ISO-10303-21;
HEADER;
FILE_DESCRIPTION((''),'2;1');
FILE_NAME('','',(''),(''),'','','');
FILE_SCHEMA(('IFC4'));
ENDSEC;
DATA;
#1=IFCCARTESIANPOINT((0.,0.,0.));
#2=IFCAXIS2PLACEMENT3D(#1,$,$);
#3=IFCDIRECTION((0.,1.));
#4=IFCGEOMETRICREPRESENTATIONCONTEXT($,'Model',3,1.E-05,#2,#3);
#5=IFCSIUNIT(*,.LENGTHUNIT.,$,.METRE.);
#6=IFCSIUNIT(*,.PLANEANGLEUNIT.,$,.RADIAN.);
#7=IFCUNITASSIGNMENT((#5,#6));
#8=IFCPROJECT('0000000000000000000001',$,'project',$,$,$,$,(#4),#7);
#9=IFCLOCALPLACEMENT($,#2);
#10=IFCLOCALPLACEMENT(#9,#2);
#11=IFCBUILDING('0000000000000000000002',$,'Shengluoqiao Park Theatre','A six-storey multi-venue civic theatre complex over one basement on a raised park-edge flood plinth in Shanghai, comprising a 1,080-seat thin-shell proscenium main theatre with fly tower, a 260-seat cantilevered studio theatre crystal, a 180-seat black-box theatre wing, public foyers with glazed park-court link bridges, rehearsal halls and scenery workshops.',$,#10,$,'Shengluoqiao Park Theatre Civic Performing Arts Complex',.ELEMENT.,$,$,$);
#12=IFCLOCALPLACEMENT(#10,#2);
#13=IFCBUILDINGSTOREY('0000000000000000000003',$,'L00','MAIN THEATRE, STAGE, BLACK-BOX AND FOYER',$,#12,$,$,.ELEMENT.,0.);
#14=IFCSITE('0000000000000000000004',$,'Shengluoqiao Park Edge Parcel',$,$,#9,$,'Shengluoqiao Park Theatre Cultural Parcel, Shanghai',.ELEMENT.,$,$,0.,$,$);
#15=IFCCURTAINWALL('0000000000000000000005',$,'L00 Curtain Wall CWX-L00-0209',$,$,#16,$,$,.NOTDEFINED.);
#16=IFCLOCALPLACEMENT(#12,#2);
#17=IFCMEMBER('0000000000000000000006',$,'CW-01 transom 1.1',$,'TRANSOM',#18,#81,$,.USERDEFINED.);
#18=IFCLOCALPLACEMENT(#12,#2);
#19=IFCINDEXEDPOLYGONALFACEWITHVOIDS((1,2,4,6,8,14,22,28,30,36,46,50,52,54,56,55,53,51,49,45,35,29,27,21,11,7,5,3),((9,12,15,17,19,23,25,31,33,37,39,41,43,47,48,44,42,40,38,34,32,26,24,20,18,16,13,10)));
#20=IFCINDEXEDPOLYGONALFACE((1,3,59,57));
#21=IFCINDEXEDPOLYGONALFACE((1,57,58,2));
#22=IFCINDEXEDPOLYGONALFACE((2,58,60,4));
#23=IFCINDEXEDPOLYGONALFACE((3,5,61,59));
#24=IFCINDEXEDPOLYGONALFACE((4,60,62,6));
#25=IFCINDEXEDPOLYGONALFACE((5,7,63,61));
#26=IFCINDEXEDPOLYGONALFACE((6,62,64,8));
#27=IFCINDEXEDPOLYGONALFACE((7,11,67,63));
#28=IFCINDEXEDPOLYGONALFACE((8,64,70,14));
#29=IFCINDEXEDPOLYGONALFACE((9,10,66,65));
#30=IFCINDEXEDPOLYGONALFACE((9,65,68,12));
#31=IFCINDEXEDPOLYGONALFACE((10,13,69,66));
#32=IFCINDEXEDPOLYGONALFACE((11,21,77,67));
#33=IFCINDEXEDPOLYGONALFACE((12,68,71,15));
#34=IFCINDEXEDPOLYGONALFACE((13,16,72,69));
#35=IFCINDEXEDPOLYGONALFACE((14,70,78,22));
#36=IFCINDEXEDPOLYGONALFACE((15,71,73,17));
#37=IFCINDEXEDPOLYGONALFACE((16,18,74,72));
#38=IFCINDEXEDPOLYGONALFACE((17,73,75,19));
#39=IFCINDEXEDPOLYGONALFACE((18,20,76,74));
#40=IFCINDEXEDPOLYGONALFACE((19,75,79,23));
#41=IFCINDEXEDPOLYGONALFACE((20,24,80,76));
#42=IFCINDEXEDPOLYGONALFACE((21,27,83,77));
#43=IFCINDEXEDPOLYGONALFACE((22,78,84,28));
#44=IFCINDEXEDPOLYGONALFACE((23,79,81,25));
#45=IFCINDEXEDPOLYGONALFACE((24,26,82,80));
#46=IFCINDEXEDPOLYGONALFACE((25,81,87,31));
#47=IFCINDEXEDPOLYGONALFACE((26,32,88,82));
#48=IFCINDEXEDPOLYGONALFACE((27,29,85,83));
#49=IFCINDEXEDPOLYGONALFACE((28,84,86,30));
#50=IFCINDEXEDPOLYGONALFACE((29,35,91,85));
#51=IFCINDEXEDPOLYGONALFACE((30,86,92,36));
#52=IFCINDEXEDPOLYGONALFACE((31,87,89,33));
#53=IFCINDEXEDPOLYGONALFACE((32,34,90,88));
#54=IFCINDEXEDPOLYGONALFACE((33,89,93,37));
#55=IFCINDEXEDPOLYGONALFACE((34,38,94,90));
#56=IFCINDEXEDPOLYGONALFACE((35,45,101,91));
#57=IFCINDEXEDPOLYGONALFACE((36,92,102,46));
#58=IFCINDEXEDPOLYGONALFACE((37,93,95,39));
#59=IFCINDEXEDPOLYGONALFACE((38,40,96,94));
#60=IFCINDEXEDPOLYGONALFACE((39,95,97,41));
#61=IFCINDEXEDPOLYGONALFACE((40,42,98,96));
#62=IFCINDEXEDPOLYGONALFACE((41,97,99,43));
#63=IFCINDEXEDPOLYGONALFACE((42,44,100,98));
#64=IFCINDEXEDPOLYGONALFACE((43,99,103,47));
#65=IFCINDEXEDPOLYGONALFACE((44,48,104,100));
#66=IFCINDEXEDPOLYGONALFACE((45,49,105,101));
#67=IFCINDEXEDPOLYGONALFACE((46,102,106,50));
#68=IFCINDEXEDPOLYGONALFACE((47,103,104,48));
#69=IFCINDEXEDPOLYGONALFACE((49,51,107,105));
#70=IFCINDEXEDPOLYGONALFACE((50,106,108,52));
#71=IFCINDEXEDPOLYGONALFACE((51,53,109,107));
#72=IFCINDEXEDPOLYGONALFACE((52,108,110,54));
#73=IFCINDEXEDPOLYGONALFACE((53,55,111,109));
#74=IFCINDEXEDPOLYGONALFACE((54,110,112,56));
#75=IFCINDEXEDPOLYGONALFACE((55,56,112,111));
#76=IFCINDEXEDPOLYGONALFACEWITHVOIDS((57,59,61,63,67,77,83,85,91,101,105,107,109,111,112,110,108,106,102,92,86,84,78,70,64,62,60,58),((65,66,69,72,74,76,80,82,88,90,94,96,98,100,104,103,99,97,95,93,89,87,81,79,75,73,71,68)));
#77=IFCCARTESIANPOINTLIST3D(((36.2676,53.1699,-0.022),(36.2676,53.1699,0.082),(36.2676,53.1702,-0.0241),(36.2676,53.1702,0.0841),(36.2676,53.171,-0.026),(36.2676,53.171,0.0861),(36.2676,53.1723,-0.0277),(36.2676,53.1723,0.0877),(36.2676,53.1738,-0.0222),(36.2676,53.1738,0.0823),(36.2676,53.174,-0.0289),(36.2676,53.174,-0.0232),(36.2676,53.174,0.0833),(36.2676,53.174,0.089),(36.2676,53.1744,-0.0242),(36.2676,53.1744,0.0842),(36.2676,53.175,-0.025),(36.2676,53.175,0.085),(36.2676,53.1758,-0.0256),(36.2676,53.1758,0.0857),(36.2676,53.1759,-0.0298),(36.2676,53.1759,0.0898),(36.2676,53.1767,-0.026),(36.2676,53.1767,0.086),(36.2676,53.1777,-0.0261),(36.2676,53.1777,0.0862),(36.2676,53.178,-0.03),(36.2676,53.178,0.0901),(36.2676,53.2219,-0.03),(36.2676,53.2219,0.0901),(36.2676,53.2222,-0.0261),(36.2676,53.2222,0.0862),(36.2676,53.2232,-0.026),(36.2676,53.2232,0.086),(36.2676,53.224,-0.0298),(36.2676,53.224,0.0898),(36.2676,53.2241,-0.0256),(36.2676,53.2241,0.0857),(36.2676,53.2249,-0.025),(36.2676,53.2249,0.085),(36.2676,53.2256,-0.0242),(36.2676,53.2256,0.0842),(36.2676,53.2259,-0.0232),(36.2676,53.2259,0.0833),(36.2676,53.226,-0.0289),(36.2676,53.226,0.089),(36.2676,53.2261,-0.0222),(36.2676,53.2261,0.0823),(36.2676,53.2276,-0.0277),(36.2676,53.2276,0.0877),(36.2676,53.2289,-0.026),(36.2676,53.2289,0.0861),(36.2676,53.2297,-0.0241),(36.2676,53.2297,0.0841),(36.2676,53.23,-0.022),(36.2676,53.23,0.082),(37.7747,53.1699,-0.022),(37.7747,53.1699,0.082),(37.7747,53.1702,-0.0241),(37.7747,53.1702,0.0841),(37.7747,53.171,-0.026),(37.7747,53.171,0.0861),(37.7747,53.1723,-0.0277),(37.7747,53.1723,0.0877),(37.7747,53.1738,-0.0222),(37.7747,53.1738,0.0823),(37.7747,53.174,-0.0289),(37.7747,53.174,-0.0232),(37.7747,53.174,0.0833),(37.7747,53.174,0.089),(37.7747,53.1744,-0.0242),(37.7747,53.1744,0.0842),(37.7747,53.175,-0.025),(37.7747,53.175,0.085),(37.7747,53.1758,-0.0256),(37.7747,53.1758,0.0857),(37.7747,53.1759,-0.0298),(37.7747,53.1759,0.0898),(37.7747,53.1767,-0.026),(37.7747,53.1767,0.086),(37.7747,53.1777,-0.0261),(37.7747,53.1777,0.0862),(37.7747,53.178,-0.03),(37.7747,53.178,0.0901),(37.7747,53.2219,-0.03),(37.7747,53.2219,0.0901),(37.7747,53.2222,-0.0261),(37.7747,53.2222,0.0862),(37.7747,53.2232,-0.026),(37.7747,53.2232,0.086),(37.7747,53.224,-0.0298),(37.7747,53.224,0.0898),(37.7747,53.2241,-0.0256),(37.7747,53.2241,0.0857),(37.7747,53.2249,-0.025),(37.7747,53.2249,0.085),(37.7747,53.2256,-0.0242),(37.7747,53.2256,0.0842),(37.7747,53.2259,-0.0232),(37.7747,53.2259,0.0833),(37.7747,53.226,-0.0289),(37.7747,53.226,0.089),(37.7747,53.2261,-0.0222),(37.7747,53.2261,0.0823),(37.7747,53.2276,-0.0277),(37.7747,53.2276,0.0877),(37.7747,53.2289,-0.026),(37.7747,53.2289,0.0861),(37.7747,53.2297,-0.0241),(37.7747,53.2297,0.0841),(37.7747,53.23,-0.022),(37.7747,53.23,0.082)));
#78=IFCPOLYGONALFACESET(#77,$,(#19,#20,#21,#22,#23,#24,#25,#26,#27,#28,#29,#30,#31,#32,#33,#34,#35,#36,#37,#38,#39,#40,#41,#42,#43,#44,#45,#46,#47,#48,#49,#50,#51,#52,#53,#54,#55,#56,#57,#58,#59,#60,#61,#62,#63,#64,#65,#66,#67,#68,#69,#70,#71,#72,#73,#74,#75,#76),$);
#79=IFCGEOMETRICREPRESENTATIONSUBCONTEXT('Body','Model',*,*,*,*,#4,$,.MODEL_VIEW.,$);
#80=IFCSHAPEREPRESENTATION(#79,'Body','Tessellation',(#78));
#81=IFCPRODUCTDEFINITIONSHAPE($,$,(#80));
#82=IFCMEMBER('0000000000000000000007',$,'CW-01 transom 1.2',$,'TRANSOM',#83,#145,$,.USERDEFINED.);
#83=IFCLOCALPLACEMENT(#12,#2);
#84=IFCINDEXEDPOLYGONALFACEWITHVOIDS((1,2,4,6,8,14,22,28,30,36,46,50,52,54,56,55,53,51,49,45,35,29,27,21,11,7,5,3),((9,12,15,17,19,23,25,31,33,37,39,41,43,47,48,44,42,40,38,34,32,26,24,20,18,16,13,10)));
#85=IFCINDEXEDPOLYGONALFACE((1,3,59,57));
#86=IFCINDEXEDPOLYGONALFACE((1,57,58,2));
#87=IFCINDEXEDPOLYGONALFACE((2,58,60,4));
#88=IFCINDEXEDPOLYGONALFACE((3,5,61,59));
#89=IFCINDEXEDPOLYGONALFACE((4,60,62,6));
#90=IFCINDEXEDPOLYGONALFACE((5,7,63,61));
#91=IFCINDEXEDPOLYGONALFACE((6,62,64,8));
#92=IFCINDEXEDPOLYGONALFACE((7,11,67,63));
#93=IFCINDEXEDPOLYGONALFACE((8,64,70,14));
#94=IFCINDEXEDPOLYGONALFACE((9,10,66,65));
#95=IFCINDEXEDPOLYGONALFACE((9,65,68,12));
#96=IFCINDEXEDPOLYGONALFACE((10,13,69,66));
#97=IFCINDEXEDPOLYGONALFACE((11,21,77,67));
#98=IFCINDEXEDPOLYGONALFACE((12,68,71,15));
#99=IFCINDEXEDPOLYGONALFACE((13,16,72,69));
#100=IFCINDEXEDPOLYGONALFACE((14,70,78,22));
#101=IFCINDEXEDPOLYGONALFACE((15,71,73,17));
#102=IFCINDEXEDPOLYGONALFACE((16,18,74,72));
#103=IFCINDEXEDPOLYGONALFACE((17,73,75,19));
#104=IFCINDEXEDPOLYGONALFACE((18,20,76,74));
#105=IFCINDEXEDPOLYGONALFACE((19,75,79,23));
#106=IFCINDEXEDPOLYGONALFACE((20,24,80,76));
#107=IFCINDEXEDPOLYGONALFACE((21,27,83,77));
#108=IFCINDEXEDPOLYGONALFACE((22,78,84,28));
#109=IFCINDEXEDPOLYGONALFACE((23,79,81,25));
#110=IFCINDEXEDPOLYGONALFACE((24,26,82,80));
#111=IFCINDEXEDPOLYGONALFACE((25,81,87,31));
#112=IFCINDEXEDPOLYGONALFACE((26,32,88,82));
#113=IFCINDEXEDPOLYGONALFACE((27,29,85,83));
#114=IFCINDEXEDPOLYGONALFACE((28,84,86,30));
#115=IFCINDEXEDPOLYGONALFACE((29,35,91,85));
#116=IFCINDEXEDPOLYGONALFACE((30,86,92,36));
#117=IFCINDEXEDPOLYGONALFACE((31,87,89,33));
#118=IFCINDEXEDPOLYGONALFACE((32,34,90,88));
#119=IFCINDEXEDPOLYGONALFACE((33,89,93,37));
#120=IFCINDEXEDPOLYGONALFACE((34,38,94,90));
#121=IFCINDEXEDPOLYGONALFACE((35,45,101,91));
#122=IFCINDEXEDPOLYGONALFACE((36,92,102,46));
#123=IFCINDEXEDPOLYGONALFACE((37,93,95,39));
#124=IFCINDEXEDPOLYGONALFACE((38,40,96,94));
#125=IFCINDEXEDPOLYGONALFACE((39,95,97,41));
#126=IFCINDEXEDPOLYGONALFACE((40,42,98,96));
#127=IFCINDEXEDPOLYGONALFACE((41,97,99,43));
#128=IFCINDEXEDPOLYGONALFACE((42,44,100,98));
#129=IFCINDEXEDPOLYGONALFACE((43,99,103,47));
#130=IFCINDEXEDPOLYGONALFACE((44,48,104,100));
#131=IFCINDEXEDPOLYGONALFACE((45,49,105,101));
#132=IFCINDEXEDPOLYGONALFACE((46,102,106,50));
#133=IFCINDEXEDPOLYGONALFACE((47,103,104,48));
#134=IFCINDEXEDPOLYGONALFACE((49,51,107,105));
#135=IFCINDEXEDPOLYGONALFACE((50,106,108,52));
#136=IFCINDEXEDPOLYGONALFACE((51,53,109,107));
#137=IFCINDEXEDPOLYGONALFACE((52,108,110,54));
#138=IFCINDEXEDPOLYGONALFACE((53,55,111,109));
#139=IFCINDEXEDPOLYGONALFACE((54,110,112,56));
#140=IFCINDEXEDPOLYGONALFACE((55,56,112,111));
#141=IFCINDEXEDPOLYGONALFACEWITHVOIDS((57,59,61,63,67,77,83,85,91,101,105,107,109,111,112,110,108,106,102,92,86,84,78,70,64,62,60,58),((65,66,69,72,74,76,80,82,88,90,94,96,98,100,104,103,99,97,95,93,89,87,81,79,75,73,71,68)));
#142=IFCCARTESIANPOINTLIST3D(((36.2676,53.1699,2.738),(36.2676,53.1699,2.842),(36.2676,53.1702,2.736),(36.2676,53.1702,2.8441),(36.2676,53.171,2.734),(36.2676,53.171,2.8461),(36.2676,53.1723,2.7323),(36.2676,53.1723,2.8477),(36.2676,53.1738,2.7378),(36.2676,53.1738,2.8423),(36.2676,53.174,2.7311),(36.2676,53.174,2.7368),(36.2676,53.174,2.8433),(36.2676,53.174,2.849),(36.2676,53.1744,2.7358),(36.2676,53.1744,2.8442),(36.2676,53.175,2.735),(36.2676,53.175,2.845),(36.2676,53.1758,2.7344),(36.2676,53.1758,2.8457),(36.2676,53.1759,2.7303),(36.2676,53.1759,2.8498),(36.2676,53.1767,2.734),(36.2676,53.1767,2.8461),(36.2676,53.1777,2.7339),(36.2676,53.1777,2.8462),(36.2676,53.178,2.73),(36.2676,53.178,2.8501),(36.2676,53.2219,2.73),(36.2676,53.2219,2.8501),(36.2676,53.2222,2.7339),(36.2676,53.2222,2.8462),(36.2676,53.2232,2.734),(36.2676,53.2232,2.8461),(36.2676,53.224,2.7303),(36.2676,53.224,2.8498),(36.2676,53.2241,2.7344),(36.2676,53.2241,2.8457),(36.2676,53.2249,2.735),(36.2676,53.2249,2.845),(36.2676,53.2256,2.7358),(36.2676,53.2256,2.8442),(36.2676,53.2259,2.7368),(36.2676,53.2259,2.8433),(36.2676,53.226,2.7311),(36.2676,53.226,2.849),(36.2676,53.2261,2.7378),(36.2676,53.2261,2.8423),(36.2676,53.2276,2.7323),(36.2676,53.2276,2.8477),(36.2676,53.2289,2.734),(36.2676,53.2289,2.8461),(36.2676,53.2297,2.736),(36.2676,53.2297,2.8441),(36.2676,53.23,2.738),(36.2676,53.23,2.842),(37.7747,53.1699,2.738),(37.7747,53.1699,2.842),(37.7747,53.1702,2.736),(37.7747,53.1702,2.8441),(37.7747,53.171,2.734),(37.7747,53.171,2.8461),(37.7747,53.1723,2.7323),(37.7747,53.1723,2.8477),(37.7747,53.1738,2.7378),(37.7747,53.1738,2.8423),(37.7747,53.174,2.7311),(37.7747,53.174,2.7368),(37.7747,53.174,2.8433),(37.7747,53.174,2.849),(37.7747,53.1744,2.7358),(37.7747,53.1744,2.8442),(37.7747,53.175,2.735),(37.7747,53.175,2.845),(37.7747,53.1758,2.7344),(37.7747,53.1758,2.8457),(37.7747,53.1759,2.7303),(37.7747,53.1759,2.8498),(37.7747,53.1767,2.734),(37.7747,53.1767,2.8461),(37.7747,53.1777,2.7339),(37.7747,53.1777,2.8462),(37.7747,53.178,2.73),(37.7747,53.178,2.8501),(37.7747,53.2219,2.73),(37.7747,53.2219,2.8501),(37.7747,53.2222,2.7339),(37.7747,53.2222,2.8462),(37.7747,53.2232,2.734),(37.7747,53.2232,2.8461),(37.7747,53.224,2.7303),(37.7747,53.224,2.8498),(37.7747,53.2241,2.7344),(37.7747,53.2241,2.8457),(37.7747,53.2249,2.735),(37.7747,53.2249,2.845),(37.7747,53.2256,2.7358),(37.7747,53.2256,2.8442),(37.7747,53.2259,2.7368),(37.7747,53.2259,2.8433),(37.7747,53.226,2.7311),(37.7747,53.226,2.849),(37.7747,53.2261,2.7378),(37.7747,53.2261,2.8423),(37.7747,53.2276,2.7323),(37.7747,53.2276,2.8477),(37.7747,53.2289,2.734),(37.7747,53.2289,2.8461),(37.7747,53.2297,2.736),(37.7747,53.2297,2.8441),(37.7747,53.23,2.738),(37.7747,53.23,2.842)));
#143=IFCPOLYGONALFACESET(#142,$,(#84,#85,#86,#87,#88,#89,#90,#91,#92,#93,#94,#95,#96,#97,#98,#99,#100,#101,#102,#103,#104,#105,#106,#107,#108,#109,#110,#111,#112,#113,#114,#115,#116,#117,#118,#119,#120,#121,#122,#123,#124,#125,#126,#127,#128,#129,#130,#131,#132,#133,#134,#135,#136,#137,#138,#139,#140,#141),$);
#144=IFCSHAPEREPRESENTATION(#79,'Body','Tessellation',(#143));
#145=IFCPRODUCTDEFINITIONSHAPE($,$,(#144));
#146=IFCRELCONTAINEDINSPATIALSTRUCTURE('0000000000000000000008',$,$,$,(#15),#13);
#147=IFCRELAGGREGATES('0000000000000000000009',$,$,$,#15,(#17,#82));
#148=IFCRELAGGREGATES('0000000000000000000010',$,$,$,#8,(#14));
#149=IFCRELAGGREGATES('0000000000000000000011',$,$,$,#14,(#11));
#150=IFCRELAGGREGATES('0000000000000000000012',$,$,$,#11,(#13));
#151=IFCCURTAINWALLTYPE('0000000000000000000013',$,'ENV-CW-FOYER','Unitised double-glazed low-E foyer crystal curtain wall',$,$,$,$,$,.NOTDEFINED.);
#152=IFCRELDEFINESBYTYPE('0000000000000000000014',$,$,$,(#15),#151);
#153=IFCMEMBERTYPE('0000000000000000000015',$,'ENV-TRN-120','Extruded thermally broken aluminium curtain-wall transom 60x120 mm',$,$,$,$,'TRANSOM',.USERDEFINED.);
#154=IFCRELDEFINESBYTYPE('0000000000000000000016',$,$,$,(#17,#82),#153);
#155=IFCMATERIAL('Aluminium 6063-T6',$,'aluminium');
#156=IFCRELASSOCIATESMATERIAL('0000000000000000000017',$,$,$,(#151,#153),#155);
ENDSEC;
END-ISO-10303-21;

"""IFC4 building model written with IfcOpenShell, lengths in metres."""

from ifc_helpers import new_model, si_unit, direction, frame, origin, origin_2d, place, context, subcontext, project, spatial, hollow_rectangle, extrude, material, material_profile, profile_set, type_object, element, aggregate, save


model = new_model("IFC4")

# Units and contexts
model_context = context("Model", 3, precision=1e-05, world=origin(), true_north=direction((0.0, 1.0)))
body_context = subcontext(model_context, "Body", "Model", "MODEL_VIEW")
ifc_project = project(units=[si_unit("LENGTHUNIT", "METRE"), si_unit("PLANEANGLEUNIT", "RADIAN")], contexts=[model_context])

# Site, building, storey
site_placement = place(None, origin())
site = spatial("IfcSite", under=ifc_project, at=site_placement, Name="Shengluoqiao Park Edge Parcel", LongName="Shengluoqiao Park Theatre Cultural Parcel, Shanghai", CompositionType="ELEMENT", RefElevation=0.0)
building_placement = place(site_placement, origin())
building = spatial("IfcBuilding", under=site, at=building_placement, Name="Shengluoqiao Park Theatre", Description="A six-storey multi-venue civic theatre complex over one basement on a raised park-edge flood plinth in Shanghai, comprising a 1,080-seat thin-shell proscenium main theatre with fly tower, a 260-seat cantilevered studio theatre crystal, a 180-seat black-box theatre wing, public foyers with glazed park-court link bridges, rehearsal halls and scenery workshops.", LongName="Shengluoqiao Park Theatre Civic Performing Arts Complex", CompositionType="ELEMENT")
storey_placement = place(building_placement, origin())
storey = spatial("IfcBuildingStorey", under=building, at=storey_placement, Name="L00", Description="MAIN THEATRE, STAGE, BLACK-BOX AND FOYER", CompositionType="ELEMENT", Elevation=0.0)

# Shared definitions
ifc_material_1 = material(Name="Aluminium 6063-T6", Category="aluminium")

# Curtain wall
curtain_wall_type_1 = type_object("IfcCurtainWallType", Name="ENV-CW-FOYER", Description="Unitised double-glazed low-E foyer crystal curtain wall", PredefinedType="NOTDEFINED", material=ifc_material_1)
curtain_wall_1_placement = place(storey_placement, origin())
curtain_wall_1 = element("IfcCurtainWall", 1, at=curtain_wall_1_placement, inside=storey, type_object=curtain_wall_type_1, Name="L00 Curtain Wall CWX-L00-0209", PredefinedType="NOTDEFINED")

# Members
ifc_material_profile_1 = material_profile(ifc_material_1, hollow_rectangle(XDim=0.0601, YDim=0.1201, WallThickness=0.0039, InnerFilletRadius=0.0039, OuterFilletRadius=0.0081, at=origin_2d()), Name="ALU TRANSOM 120x60x4")
ifc_profile_set_1 = profile_set([ifc_material_profile_1], Name="Aluminium 6063-T6")
member_type_1 = type_object("IfcMemberType", Name="ENV-TRN-120", Description="Extruded thermally broken aluminium curtain-wall transom 60x120 mm", ElementType="TRANSOM", PredefinedType="USERDEFINED", material=ifc_profile_set_1)
member_1_placement = place(storey_placement, frame((36.2676, 53.2, 0.03), z_axis=(1.0, 0.0, 0.0), x_axis=(0.0, 1.0, 0.0)))
member_1 = element("IfcMember", 2, at=member_1_placement, type_object=member_type_1, Name="CW-01 transom 1.1", ObjectType="TRANSOM", PredefinedType="USERDEFINED", context=body_context, shape_type="SweptSolid", body=[
    extrude(hollow_rectangle(XDim=0.0601, YDim=0.1201, WallThickness=0.0039, InnerFilletRadius=0.0039, OuterFilletRadius=0.0081, at=origin_2d()), origin(), (0.0, 0.0, 1.0), 1.5071),
])
member_2_placement = place(storey_placement, frame((36.2676, 53.2, 2.79), z_axis=(1.0, 0.0, 0.0), x_axis=(0.0, 1.0, 0.0)))
member_2 = element("IfcMember", 3, at=member_2_placement, type_object=member_type_1, Name="CW-01 transom 1.2", ObjectType="TRANSOM", PredefinedType="USERDEFINED", context=body_context, shape_type="SweptSolid", body=[
    extrude(hollow_rectangle(XDim=0.0601, YDim=0.1201, WallThickness=0.0039, InnerFilletRadius=0.0039, OuterFilletRadius=0.0081, at=origin_2d()), origin(), (0.0, 0.0, 1.0), 1.5071),
])
aggregate(curtain_wall_1, [member_1, member_2])

save(model, "model.ifc")
